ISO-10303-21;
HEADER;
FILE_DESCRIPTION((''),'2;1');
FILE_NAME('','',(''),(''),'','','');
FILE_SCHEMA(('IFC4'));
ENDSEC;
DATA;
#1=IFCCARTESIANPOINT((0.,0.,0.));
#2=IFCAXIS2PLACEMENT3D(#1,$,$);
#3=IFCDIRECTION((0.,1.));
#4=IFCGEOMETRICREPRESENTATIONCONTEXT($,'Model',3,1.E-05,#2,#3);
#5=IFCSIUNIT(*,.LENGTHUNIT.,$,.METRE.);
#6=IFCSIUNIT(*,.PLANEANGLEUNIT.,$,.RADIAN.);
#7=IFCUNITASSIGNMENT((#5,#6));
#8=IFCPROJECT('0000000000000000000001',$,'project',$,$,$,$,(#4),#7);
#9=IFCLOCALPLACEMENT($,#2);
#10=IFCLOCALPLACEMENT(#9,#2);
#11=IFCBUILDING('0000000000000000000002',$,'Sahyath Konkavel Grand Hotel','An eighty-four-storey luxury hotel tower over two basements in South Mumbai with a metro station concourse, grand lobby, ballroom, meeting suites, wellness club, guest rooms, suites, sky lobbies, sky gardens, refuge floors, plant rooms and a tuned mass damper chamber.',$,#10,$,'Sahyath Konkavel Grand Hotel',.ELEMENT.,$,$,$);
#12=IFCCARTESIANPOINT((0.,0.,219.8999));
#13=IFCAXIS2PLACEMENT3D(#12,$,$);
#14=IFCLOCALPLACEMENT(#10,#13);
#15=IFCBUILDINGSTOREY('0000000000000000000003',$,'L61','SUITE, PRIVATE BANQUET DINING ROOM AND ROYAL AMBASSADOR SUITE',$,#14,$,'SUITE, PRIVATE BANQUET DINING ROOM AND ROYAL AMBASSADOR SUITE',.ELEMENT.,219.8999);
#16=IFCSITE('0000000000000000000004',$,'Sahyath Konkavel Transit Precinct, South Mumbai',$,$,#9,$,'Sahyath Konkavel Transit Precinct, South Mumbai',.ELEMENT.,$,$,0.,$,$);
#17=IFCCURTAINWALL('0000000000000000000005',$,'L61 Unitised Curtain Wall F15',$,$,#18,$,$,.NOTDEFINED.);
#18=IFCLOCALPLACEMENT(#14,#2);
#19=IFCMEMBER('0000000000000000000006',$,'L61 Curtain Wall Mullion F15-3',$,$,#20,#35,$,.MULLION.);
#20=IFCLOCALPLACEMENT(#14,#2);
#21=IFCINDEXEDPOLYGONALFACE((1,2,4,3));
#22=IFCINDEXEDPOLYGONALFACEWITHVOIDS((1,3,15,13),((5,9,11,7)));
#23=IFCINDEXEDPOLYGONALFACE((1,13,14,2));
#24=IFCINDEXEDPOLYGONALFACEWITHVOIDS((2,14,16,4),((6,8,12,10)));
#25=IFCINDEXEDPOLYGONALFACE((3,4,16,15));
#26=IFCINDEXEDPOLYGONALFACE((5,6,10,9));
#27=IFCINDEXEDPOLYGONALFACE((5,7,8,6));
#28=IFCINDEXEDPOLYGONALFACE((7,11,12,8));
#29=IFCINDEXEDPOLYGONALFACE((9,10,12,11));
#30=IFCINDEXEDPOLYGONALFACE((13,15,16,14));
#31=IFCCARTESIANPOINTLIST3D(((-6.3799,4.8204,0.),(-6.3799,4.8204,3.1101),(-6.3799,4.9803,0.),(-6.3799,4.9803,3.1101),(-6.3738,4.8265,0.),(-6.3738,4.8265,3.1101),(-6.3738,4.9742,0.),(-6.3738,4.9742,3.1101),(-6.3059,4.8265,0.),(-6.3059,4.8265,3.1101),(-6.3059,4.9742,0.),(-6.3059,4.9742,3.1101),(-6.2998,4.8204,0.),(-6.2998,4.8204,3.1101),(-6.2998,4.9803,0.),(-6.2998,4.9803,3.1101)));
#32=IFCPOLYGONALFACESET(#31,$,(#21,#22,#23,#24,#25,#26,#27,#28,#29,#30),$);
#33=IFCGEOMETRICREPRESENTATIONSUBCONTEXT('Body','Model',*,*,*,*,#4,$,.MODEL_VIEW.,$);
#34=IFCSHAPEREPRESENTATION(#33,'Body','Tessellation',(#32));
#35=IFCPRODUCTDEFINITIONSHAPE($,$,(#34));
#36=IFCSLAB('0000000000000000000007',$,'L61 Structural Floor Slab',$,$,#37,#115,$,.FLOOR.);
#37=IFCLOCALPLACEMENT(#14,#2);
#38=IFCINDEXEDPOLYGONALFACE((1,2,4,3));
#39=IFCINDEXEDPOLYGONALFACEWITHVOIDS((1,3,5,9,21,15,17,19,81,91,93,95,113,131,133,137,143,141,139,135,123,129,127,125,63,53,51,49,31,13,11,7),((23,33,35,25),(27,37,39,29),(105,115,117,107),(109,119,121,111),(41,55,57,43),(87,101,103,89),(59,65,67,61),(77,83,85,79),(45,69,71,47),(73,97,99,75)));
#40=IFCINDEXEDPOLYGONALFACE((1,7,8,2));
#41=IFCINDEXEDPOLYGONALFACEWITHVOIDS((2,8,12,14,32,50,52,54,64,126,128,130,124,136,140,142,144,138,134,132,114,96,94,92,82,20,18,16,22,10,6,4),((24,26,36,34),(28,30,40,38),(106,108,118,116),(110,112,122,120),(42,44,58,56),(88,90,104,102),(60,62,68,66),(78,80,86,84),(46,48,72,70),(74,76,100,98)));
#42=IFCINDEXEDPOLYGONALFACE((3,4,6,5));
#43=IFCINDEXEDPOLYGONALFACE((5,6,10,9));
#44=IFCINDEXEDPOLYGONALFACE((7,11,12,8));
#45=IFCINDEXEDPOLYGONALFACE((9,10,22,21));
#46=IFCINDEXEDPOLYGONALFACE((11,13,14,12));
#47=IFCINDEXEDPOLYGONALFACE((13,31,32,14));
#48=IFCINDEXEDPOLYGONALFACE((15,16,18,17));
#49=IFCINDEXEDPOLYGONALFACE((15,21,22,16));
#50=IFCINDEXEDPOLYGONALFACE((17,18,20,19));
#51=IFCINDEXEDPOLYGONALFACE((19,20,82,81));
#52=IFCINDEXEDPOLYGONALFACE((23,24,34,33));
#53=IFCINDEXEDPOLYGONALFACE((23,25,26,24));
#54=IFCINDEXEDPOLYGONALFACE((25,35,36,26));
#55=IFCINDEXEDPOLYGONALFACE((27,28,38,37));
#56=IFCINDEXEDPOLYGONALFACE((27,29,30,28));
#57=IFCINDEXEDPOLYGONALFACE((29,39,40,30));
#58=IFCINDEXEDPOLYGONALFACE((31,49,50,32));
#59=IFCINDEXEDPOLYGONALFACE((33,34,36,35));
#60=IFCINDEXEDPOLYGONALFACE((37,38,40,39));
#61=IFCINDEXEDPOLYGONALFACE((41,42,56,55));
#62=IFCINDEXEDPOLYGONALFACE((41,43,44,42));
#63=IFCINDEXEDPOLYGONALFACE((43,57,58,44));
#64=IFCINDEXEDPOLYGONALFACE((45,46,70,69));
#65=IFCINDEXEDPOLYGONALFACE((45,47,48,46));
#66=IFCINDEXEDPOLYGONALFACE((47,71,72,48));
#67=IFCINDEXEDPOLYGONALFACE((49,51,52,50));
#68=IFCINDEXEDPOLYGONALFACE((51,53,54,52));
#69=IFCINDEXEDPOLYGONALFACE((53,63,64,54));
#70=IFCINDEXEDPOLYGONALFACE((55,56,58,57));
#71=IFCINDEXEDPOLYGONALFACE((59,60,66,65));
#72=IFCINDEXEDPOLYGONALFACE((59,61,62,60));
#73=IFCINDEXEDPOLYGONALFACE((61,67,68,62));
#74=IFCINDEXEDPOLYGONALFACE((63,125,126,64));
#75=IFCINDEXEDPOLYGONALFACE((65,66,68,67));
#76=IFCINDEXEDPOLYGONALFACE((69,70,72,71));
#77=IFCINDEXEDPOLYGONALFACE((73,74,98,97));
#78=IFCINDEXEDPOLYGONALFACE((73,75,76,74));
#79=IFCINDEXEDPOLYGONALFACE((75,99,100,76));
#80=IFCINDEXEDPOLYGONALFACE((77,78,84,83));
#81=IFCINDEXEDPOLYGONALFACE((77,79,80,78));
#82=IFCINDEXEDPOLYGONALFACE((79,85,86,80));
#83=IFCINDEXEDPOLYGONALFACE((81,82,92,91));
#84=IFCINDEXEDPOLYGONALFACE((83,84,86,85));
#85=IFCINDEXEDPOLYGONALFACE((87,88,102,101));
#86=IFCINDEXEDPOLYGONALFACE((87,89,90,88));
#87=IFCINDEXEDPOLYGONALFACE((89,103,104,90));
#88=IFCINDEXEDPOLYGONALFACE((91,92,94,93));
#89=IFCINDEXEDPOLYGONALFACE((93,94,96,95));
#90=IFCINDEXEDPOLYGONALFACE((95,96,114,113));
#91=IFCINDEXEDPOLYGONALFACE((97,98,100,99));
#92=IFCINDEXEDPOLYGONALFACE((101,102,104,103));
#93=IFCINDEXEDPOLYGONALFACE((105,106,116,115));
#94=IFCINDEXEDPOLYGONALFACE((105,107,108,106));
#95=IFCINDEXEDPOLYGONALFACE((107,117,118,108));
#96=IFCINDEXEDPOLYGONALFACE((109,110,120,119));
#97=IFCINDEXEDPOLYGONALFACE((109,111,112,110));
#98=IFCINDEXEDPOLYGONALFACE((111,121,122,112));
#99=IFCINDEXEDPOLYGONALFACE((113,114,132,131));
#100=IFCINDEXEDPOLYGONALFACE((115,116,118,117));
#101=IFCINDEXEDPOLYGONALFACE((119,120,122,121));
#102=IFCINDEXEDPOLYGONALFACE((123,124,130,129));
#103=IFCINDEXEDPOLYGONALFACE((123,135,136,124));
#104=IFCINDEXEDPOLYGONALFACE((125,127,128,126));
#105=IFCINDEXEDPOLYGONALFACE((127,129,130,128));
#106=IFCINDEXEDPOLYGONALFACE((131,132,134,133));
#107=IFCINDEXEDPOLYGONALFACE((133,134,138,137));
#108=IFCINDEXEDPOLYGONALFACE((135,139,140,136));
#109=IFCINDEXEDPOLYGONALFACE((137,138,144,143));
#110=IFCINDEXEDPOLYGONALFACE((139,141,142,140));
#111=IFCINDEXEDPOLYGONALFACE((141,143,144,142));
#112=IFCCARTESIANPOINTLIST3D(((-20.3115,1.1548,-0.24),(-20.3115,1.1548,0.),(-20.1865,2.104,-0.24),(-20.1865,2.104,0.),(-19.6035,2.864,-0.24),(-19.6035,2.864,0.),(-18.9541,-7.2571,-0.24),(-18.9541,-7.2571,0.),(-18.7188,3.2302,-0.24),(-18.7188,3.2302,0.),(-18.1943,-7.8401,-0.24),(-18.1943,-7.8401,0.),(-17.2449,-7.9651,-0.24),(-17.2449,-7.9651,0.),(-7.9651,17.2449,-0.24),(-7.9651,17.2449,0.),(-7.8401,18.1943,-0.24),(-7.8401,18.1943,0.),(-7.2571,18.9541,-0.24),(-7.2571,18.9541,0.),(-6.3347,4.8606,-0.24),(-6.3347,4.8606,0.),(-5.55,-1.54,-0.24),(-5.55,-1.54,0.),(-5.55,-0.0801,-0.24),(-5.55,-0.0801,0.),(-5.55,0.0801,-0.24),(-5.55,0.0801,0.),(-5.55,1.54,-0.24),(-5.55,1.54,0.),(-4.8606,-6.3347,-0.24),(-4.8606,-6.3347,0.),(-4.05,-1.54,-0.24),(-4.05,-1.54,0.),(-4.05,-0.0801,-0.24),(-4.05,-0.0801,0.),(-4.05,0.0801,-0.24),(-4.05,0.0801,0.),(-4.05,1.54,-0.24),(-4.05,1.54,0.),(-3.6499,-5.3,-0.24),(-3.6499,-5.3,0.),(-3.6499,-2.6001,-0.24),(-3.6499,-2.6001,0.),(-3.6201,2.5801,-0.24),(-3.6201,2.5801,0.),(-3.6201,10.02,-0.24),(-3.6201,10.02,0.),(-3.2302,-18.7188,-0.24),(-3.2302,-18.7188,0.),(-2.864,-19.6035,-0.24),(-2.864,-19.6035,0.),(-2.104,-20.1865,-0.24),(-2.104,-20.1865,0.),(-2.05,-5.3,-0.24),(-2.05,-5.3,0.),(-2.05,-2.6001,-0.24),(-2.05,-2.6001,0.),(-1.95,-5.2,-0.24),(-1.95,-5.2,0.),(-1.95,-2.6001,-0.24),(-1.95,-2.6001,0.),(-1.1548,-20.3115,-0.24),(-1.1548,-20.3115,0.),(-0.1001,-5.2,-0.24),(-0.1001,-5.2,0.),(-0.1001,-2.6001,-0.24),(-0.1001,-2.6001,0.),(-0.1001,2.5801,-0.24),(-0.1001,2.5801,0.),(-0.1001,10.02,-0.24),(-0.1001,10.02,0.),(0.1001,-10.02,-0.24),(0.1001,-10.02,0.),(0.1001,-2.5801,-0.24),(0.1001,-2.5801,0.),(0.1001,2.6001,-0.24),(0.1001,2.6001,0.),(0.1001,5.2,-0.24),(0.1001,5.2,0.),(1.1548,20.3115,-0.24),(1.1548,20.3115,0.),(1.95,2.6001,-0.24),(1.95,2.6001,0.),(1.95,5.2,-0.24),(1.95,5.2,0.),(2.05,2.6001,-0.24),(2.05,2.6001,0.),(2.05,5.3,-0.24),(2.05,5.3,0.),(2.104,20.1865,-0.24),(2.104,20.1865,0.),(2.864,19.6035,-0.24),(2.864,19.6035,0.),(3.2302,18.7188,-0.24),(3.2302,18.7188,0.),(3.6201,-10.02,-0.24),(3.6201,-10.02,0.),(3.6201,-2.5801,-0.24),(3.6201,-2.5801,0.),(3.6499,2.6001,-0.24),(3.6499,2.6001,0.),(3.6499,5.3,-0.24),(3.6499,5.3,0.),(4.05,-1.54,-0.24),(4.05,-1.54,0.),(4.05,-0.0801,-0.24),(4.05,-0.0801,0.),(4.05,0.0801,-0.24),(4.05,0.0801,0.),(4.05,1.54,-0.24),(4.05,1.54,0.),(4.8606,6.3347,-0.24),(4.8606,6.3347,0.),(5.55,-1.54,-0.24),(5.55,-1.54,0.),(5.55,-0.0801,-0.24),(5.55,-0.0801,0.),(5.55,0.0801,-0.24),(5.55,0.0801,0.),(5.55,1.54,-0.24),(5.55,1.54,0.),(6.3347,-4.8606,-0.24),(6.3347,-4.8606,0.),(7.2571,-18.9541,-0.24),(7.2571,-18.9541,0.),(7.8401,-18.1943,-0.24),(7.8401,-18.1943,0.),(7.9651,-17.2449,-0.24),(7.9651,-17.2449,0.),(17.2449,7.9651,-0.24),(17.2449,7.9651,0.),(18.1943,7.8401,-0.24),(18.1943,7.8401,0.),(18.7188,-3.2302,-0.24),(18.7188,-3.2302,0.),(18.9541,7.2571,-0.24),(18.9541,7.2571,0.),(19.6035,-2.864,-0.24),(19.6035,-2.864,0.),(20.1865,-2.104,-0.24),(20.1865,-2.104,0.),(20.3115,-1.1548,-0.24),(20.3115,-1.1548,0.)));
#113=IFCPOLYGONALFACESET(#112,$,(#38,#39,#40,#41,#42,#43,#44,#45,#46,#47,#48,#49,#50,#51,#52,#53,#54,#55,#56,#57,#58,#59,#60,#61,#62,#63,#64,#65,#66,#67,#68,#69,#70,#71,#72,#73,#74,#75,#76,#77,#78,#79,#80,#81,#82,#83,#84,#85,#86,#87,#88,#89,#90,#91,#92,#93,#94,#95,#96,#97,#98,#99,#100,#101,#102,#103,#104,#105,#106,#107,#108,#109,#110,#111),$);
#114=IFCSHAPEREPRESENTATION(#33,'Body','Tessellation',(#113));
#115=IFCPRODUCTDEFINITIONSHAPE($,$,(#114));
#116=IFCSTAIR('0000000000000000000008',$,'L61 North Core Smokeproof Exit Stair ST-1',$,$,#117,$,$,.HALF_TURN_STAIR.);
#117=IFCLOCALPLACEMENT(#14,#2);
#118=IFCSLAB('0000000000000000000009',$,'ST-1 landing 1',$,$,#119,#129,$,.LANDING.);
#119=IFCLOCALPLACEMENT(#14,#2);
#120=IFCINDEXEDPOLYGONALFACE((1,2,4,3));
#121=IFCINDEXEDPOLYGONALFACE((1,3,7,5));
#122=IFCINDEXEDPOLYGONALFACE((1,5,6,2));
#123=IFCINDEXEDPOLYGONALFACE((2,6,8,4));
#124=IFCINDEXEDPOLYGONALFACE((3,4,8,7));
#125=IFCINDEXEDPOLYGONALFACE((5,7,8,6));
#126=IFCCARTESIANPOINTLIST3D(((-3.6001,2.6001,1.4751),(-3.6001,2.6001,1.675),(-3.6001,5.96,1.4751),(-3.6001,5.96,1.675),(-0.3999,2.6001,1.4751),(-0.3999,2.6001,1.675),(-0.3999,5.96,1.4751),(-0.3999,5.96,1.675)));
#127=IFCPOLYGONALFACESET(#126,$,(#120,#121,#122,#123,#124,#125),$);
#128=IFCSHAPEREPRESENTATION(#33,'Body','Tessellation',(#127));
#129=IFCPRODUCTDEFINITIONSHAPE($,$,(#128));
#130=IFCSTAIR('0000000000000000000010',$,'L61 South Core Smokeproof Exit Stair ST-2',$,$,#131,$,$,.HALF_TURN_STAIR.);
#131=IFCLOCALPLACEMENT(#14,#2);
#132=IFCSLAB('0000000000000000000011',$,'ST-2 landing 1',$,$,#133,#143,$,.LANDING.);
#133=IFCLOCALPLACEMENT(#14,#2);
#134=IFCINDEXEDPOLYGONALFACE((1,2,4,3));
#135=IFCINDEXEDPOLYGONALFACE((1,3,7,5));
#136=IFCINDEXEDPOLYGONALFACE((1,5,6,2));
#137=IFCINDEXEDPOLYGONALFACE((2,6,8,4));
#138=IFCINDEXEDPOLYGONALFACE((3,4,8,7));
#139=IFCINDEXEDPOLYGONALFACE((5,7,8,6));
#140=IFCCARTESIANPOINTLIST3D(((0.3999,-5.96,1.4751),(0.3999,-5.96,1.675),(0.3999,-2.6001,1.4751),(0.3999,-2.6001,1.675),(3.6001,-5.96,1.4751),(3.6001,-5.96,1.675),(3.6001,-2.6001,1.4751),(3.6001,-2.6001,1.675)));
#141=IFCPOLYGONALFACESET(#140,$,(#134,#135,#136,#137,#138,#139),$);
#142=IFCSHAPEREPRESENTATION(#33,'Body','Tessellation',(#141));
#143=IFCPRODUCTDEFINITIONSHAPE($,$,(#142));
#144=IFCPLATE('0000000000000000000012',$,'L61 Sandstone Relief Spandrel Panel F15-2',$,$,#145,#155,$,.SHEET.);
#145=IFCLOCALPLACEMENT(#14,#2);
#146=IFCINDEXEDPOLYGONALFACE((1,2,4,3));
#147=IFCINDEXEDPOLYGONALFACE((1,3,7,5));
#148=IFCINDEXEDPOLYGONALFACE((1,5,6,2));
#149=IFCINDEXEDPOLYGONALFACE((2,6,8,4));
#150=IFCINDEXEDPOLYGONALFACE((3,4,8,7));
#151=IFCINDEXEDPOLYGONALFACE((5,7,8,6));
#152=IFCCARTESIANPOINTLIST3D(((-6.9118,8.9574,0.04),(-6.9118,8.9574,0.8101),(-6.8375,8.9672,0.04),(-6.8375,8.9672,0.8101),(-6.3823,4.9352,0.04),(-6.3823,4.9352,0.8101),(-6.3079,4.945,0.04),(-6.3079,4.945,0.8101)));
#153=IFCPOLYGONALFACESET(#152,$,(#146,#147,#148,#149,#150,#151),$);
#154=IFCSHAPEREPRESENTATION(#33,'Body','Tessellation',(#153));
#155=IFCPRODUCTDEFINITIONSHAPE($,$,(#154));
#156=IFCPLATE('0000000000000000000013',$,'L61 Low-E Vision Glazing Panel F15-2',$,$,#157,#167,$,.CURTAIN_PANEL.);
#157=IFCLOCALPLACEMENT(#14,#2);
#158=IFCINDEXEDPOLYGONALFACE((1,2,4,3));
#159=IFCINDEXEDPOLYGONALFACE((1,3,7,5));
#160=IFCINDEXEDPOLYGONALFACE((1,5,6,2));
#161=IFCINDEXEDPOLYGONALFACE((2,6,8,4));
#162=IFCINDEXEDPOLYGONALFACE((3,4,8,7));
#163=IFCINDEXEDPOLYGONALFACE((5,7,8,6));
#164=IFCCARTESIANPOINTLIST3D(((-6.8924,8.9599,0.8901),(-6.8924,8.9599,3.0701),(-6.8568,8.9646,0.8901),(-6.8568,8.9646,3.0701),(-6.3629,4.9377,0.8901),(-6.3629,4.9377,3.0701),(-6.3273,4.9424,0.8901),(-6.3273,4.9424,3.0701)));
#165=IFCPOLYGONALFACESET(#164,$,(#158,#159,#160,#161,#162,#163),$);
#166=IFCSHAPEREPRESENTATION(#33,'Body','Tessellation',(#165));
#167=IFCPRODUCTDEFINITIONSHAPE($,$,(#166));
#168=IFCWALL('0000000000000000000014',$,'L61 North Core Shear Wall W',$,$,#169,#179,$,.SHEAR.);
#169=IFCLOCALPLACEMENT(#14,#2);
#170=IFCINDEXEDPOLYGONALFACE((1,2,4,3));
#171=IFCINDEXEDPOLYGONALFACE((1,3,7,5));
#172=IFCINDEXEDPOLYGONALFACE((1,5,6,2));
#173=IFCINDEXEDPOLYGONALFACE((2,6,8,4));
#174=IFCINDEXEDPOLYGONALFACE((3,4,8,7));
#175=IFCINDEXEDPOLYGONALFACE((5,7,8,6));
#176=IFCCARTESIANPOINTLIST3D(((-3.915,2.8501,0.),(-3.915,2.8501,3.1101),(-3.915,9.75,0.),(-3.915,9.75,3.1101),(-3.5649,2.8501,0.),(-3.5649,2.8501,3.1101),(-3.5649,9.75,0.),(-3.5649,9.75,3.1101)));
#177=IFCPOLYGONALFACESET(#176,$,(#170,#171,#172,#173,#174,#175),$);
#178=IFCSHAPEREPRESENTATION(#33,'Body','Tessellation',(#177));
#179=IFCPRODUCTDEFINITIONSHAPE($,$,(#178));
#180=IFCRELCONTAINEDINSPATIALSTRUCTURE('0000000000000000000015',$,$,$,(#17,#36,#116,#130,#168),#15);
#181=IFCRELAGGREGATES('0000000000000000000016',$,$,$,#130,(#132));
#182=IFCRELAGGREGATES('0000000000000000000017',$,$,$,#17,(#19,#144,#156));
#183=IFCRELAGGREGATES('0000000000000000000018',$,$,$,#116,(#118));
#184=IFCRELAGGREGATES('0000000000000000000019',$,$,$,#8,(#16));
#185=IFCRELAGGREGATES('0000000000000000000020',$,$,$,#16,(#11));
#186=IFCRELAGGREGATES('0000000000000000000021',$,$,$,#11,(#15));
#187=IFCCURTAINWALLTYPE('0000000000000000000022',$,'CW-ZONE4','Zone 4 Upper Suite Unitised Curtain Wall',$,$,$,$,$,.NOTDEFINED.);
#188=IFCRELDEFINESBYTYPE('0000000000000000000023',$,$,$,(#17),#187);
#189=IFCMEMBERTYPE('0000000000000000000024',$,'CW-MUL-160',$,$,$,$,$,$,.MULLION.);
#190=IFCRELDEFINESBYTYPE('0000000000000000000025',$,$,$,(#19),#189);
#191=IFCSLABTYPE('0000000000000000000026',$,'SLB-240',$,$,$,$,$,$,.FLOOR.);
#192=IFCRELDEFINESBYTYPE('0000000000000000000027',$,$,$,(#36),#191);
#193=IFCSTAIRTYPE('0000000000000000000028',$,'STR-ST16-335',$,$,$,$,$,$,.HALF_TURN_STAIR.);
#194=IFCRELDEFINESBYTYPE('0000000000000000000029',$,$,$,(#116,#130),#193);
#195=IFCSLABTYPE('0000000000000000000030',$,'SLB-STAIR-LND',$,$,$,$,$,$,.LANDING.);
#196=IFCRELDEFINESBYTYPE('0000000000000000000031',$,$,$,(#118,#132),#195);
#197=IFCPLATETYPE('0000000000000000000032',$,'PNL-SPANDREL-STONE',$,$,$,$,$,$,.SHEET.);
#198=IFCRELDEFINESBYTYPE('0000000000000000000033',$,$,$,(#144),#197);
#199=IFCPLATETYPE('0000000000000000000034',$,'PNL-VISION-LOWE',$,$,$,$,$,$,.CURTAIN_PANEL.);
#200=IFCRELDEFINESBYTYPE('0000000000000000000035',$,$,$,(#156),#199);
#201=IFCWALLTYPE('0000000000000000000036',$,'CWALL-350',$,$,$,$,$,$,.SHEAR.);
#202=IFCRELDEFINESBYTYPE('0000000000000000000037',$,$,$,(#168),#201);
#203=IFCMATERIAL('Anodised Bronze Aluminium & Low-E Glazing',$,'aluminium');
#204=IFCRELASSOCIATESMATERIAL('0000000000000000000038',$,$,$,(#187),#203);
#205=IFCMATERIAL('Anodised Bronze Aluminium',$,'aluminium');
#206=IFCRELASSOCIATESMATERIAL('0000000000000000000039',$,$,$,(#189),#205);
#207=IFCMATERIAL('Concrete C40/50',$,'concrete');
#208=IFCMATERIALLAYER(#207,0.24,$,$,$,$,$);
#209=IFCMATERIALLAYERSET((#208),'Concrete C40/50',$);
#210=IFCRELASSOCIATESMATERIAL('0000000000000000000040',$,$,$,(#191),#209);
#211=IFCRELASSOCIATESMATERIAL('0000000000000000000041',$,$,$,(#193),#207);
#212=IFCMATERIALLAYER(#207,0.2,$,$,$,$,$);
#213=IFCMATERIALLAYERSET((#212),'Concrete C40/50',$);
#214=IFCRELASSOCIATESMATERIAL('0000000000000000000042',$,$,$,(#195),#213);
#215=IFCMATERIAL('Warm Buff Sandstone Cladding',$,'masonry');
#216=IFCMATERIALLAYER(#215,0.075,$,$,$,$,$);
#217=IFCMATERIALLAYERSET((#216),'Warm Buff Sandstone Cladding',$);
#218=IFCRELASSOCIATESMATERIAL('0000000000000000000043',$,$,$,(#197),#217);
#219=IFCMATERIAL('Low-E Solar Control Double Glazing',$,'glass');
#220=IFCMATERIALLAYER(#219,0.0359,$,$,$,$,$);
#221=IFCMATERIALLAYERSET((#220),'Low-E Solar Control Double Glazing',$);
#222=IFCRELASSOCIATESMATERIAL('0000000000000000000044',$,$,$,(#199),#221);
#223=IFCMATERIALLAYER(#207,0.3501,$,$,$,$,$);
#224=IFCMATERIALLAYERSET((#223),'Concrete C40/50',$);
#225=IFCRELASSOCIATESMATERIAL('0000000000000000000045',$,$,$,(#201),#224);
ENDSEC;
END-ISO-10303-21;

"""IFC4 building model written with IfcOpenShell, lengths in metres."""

from ifc_helpers import new_model, si_unit, direction, frame, frame_2d, origin, origin_2d, place, context, subcontext, project, spatial, polyline, rectangle, hollow_rectangle, outline, extrude, source, transform, mapped, material, layer, layer_set, material_profile, profile_set, type_object, element, aggregate, save


model = new_model("IFC4")

# Units and contexts
model_context = context("Model", 3, precision=1e-05, world=origin(), true_north=direction((0.0, 1.0)))
body_context = subcontext(model_context, "Body", "Model", "MODEL_VIEW")
ifc_project = project(units=[si_unit("LENGTHUNIT", "METRE"), si_unit("PLANEANGLEUNIT", "RADIAN")], contexts=[model_context])

# Site, building, storey
site_placement = place(None, origin())
site = spatial("IfcSite", under=ifc_project, at=site_placement, Name="Sahyath Konkavel Transit Precinct, South Mumbai", LongName="Sahyath Konkavel Transit Precinct, South Mumbai", CompositionType="ELEMENT", RefElevation=0.0)
building_placement = place(site_placement, origin())
building = spatial("IfcBuilding", under=site, at=building_placement, Name="Sahyath Konkavel Grand Hotel", Description="An eighty-four-storey luxury hotel tower over two basements in South Mumbai with a metro station concourse, grand lobby, ballroom, meeting suites, wellness club, guest rooms, suites, sky lobbies, sky gardens, refuge floors, plant rooms and a tuned mass damper chamber.", LongName="Sahyath Konkavel Grand Hotel", CompositionType="ELEMENT")
storey_placement = place(building_placement, frame((0.0, 0.0, 219.8999)))
storey = spatial("IfcBuildingStorey", under=building, at=storey_placement, Name="L61", Description="SUITE, PRIVATE BANQUET DINING ROOM AND ROYAL AMBASSADOR SUITE", LongName="SUITE, PRIVATE BANQUET DINING ROOM AND ROYAL AMBASSADOR SUITE", CompositionType="ELEMENT", Elevation=219.8999)

# Shared definitions
ifc_material_1 = material(Name="Concrete C40/50", Category="concrete")

# Curtain wall, member
ifc_material_2 = material(Name="Anodised Bronze Aluminium & Low-E Glazing", Category="aluminium")
curtain_wall_type = type_object("IfcCurtainWallType", Name="CW-ZONE4", Description="Zone 4 Upper Suite Unitised Curtain Wall", PredefinedType="NOTDEFINED", material=ifc_material_2)
curtain_wall_placement = place(storey_placement, origin())
curtain_wall = element("IfcCurtainWall", 1, at=curtain_wall_placement, inside=storey, type_object=curtain_wall_type, Name="L61 Unitised Curtain Wall F15", PredefinedType="NOTDEFINED")
ifc_material_3 = material(Name="Anodised Bronze Aluminium", Category="aluminium")
ifc_material_profile_1 = material_profile(ifc_material_3, hollow_rectangle(XDim=0.0801, YDim=0.1599, WallThickness=0.0061, at=origin_2d()), Name="RHS 160x80x6")
ifc_profile_set_1 = profile_set([ifc_material_profile_1], Name="Anodised Bronze Aluminium")
member_type = type_object("IfcMemberType", Name="CW-MUL-160", PredefinedType="MULLION", material=ifc_profile_set_1)
shared_shape_1 = source(origin(), body_context, "Body", "SweptSolid", [
    extrude(hollow_rectangle(XDim=0.0801, YDim=0.1599, WallThickness=0.0061, at=origin_2d()), origin(), (0.0, 0.0, 1.0), 3.1101),
])
member_placement = place(storey_placement, frame((-6.3398, 4.9004, 0.0), z_axis=(0.0, 0.0, 1.0), x_axis=(1.0, 0.0, 0.0)))
member = element("IfcMember", 2, at=member_placement, type_object=member_type, Name="L61 Curtain Wall Mullion F15-3", PredefinedType="MULLION", context=body_context, shape_type="MappedRepresentation", body=[
    mapped(shared_shape_1, transform((0.0, 0.0, 0.0), scale=1.0)),
])

# Slab
ifc_layer_1 = layer(ifc_material_1, 0.24)
ifc_layer_set_1 = layer_set([ifc_layer_1], Name="Concrete C40/50")
slab_type_1 = type_object("IfcSlabType", Name="SLB-240", PredefinedType="FLOOR", material=ifc_layer_set_1)
slab_1_placement = place(storey_placement, frame((0.0, 0.0, -0.24)))
element("IfcSlab", 3, at=slab_1_placement, inside=storey, type_object=slab_type_1, Name="L61 Structural Floor Slab", PredefinedType="FLOOR", context=body_context, shape_type="SweptSolid", body=[
    extrude(outline(polyline([(6.3347, -4.8606), (18.7188, -3.2302), (19.6035, -2.864), (20.1865, -2.104), (20.3115, -1.1548), (18.9541, 7.2571), (18.1943, 7.8401), (17.2449, 7.9651), (4.8606, 6.3347), (3.2302, 18.7188), (2.864, 19.6035), (2.104, 20.1865), (1.1548, 20.3115), (-7.2571, 18.9541), (-7.8401, 18.1943), (-7.9651, 17.2449), (-6.3347, 4.8606), (-18.7188, 3.2302), (-19.6035, 2.864), (-20.1865, 2.104), (-20.3115, 1.1548), (-18.9541, -7.2571), (-18.1943, -7.8401), (-17.2449, -7.9651), (-4.8606, -6.3347), (-3.2302, -18.7188), (-2.864, -19.6035), (-2.104, -20.1865), (-1.1548, -20.3115), (7.2571, -18.9541), (7.8401, -18.1943), (7.9651, -17.2449), (6.3347, -4.8606)]), holes=[polyline([(-3.6201, 2.5801), (-0.1001, 2.5801), (-0.1001, 10.02), (-3.6201, 10.02), (-3.6201, 2.5801)]), polyline([(0.1001, -10.02), (3.6201, -10.02), (3.6201, -2.5801), (0.1001, -2.5801), (0.1001, -10.02)]), polyline([(0.1001, 2.6001), (1.95, 2.6001), (1.95, 5.2), (0.1001, 5.2), (0.1001, 2.6001)]), polyline([(-1.95, -5.2), (-0.1001, -5.2), (-0.1001, -2.6001), (-1.95, -2.6001), (-1.95, -5.2)]), polyline([(2.05, 2.6001), (3.6499, 2.6001), (3.6499, 5.3), (2.05, 5.3), (2.05, 2.6001)]), polyline([(-3.6499, -5.3), (-2.05, -5.3), (-2.05, -2.6001), (-3.6499, -2.6001), (-3.6499, -5.3)]), polyline([(4.05, 0.0801), (5.55, 0.0801), (5.55, 1.54), (4.05, 1.54), (4.05, 0.0801)]), polyline([(4.05, -1.54), (5.55, -1.54), (5.55, -0.0801), (4.05, -0.0801), (4.05, -1.54)]), polyline([(-5.55, 0.0801), (-4.05, 0.0801), (-4.05, 1.54), (-5.55, 1.54), (-5.55, 0.0801)]), polyline([(-5.55, -1.54), (-4.05, -1.54), (-4.05, -0.0801), (-5.55, -0.0801), (-5.55, -1.54)])]), origin(), (0.0, 0.0, 1.0), 0.24),
])

# Stairs, slabs
stair_type = type_object("IfcStairType", Name="STR-ST16-335", PredefinedType="HALF_TURN_STAIR", material=ifc_material_1)
stair_1_placement = place(storey_placement, origin())
stair_1 = element("IfcStair", 4, at=stair_1_placement, inside=storey, type_object=stair_type, Name="L61 North Core Smokeproof Exit Stair ST-1", PredefinedType="HALF_TURN_STAIR")
ifc_layer_2 = layer(ifc_material_1, 0.2)
ifc_layer_set_2 = layer_set([ifc_layer_2], Name="Concrete C40/50")
slab_type_2 = type_object("IfcSlabType", Name="SLB-STAIR-LND", PredefinedType="LANDING", material=ifc_layer_set_2)
slab_2_placement = place(storey_placement, frame((0.0, 0.0, 1.4751)))
slab_2 = element("IfcSlab", 5, at=slab_2_placement, type_object=slab_type_2, Name="ST-1 landing 1", PredefinedType="LANDING", context=body_context, shape_type="SweptSolid", body=[
    extrude(outline(polyline([(-3.6001, 5.96), (-3.6001, 2.6001), (-0.3999, 2.6001), (-0.3999, 5.96), (-3.6001, 5.96)])), origin(), (0.0, 0.0, 1.0), 0.2),
])
stair_2_placement = place(storey_placement, origin())
stair_2 = element("IfcStair", 6, at=stair_2_placement, inside=storey, type_object=stair_type, Name="L61 South Core Smokeproof Exit Stair ST-2", PredefinedType="HALF_TURN_STAIR")
slab_3_placement = place(storey_placement, frame((0.0, 0.0, 1.4751)))
slab_3 = element("IfcSlab", 7, at=slab_3_placement, type_object=slab_type_2, Name="ST-2 landing 1", PredefinedType="LANDING", context=body_context, shape_type="SweptSolid", body=[
    extrude(outline(polyline([(3.6001, -5.96), (3.6001, -2.6001), (0.3999, -2.6001), (0.3999, -5.96), (3.6001, -5.96)])), origin(), (0.0, 0.0, 1.0), 0.2),
])
aggregate(stair_2, [slab_3])

# Plates
ifc_material_4 = material(Name="Warm Buff Sandstone Cladding", Category="masonry")
ifc_layer_3 = layer(ifc_material_4, 0.075)
ifc_layer_set_3 = layer_set([ifc_layer_3], Name="Warm Buff Sandstone Cladding")
plate_type_1 = type_object("IfcPlateType", Name="PNL-SPANDREL-STONE", PredefinedType="SHEET", material=ifc_layer_set_3)
shared_shape_2 = source(origin(), body_context, "Body", "SweptSolid", [
    extrude(rectangle(XDim=4.0569, YDim=0.075, at=origin_2d()), origin(), (0.0, 0.0, 1.0), 0.77),
])
plate_1_placement = place(storey_placement, frame((-6.6099, 6.9512, 0.04), z_axis=(0.0, 0.0, 1.0), x_axis=(0.130526, -0.991445, 0.0)))
plate_1 = element("IfcPlate", 8, at=plate_1_placement, type_object=plate_type_1, Name="L61 Sandstone Relief Spandrel Panel F15-2", PredefinedType="SHEET", context=body_context, shape_type="MappedRepresentation", body=[
    mapped(shared_shape_2, transform((0.0, 0.0, 0.0), scale=1.0)),
])
ifc_material_5 = material(Name="Low-E Solar Control Double Glazing", Category="glass")
ifc_layer_4 = layer(ifc_material_5, 0.0359)
ifc_layer_set_4 = layer_set([ifc_layer_4], Name="Low-E Solar Control Double Glazing")
plate_type_2 = type_object("IfcPlateType", Name="PNL-VISION-LOWE", PredefinedType="CURTAIN_PANEL", material=ifc_layer_set_4)
shared_shape_3 = source(origin(), body_context, "Body", "SweptSolid", [
    extrude(rectangle(XDim=4.0569, YDim=0.0359, at=origin_2d()), origin(), (0.0, 0.0, 1.0), 2.1799),
])
plate_2_placement = place(storey_placement, frame((-6.6099, 6.9512, 0.8901), z_axis=(0.0, 0.0, 1.0), x_axis=(0.130526, -0.991445, 0.0)))
plate_2 = element("IfcPlate", 9, at=plate_2_placement, type_object=plate_type_2, Name="L61 Low-E Vision Glazing Panel F15-2", PredefinedType="CURTAIN_PANEL", context=body_context, shape_type="MappedRepresentation", body=[
    mapped(shared_shape_3, transform((0.0, 0.0, 0.0), scale=1.0)),
])
aggregate(curtain_wall, [member, plate_1, plate_2])

# Wall
ifc_layer_5 = layer(ifc_material_1, 0.3501)
ifc_layer_set_5 = layer_set([ifc_layer_5], Name="Concrete C40/50")
wall_type_1 = type_object("IfcWallType", Name="CWALL-350", PredefinedType="SHEAR", material=ifc_layer_set_5)
wall_1_placement = place(storey_placement, frame((-3.74, 2.8501, 0.0), z_axis=(0.0, 0.0, 1.0), x_axis=(0.0, 1.0, 0.0)))
element("IfcWall", 10, at=wall_1_placement, inside=storey, type_object=wall_type_1, Name="L61 North Core Shear Wall W", PredefinedType="SHEAR", context=body_context, shape_type="SweptSolid", body=[
    extrude(rectangle(XDim=6.8999, YDim=0.3501, at=frame_2d((3.45, 0.0))), origin(), (0.0, 0.0, 1.0), 3.1101),
])

aggregate(stair_1, [slab_2])

save(model, "model.ifc")
